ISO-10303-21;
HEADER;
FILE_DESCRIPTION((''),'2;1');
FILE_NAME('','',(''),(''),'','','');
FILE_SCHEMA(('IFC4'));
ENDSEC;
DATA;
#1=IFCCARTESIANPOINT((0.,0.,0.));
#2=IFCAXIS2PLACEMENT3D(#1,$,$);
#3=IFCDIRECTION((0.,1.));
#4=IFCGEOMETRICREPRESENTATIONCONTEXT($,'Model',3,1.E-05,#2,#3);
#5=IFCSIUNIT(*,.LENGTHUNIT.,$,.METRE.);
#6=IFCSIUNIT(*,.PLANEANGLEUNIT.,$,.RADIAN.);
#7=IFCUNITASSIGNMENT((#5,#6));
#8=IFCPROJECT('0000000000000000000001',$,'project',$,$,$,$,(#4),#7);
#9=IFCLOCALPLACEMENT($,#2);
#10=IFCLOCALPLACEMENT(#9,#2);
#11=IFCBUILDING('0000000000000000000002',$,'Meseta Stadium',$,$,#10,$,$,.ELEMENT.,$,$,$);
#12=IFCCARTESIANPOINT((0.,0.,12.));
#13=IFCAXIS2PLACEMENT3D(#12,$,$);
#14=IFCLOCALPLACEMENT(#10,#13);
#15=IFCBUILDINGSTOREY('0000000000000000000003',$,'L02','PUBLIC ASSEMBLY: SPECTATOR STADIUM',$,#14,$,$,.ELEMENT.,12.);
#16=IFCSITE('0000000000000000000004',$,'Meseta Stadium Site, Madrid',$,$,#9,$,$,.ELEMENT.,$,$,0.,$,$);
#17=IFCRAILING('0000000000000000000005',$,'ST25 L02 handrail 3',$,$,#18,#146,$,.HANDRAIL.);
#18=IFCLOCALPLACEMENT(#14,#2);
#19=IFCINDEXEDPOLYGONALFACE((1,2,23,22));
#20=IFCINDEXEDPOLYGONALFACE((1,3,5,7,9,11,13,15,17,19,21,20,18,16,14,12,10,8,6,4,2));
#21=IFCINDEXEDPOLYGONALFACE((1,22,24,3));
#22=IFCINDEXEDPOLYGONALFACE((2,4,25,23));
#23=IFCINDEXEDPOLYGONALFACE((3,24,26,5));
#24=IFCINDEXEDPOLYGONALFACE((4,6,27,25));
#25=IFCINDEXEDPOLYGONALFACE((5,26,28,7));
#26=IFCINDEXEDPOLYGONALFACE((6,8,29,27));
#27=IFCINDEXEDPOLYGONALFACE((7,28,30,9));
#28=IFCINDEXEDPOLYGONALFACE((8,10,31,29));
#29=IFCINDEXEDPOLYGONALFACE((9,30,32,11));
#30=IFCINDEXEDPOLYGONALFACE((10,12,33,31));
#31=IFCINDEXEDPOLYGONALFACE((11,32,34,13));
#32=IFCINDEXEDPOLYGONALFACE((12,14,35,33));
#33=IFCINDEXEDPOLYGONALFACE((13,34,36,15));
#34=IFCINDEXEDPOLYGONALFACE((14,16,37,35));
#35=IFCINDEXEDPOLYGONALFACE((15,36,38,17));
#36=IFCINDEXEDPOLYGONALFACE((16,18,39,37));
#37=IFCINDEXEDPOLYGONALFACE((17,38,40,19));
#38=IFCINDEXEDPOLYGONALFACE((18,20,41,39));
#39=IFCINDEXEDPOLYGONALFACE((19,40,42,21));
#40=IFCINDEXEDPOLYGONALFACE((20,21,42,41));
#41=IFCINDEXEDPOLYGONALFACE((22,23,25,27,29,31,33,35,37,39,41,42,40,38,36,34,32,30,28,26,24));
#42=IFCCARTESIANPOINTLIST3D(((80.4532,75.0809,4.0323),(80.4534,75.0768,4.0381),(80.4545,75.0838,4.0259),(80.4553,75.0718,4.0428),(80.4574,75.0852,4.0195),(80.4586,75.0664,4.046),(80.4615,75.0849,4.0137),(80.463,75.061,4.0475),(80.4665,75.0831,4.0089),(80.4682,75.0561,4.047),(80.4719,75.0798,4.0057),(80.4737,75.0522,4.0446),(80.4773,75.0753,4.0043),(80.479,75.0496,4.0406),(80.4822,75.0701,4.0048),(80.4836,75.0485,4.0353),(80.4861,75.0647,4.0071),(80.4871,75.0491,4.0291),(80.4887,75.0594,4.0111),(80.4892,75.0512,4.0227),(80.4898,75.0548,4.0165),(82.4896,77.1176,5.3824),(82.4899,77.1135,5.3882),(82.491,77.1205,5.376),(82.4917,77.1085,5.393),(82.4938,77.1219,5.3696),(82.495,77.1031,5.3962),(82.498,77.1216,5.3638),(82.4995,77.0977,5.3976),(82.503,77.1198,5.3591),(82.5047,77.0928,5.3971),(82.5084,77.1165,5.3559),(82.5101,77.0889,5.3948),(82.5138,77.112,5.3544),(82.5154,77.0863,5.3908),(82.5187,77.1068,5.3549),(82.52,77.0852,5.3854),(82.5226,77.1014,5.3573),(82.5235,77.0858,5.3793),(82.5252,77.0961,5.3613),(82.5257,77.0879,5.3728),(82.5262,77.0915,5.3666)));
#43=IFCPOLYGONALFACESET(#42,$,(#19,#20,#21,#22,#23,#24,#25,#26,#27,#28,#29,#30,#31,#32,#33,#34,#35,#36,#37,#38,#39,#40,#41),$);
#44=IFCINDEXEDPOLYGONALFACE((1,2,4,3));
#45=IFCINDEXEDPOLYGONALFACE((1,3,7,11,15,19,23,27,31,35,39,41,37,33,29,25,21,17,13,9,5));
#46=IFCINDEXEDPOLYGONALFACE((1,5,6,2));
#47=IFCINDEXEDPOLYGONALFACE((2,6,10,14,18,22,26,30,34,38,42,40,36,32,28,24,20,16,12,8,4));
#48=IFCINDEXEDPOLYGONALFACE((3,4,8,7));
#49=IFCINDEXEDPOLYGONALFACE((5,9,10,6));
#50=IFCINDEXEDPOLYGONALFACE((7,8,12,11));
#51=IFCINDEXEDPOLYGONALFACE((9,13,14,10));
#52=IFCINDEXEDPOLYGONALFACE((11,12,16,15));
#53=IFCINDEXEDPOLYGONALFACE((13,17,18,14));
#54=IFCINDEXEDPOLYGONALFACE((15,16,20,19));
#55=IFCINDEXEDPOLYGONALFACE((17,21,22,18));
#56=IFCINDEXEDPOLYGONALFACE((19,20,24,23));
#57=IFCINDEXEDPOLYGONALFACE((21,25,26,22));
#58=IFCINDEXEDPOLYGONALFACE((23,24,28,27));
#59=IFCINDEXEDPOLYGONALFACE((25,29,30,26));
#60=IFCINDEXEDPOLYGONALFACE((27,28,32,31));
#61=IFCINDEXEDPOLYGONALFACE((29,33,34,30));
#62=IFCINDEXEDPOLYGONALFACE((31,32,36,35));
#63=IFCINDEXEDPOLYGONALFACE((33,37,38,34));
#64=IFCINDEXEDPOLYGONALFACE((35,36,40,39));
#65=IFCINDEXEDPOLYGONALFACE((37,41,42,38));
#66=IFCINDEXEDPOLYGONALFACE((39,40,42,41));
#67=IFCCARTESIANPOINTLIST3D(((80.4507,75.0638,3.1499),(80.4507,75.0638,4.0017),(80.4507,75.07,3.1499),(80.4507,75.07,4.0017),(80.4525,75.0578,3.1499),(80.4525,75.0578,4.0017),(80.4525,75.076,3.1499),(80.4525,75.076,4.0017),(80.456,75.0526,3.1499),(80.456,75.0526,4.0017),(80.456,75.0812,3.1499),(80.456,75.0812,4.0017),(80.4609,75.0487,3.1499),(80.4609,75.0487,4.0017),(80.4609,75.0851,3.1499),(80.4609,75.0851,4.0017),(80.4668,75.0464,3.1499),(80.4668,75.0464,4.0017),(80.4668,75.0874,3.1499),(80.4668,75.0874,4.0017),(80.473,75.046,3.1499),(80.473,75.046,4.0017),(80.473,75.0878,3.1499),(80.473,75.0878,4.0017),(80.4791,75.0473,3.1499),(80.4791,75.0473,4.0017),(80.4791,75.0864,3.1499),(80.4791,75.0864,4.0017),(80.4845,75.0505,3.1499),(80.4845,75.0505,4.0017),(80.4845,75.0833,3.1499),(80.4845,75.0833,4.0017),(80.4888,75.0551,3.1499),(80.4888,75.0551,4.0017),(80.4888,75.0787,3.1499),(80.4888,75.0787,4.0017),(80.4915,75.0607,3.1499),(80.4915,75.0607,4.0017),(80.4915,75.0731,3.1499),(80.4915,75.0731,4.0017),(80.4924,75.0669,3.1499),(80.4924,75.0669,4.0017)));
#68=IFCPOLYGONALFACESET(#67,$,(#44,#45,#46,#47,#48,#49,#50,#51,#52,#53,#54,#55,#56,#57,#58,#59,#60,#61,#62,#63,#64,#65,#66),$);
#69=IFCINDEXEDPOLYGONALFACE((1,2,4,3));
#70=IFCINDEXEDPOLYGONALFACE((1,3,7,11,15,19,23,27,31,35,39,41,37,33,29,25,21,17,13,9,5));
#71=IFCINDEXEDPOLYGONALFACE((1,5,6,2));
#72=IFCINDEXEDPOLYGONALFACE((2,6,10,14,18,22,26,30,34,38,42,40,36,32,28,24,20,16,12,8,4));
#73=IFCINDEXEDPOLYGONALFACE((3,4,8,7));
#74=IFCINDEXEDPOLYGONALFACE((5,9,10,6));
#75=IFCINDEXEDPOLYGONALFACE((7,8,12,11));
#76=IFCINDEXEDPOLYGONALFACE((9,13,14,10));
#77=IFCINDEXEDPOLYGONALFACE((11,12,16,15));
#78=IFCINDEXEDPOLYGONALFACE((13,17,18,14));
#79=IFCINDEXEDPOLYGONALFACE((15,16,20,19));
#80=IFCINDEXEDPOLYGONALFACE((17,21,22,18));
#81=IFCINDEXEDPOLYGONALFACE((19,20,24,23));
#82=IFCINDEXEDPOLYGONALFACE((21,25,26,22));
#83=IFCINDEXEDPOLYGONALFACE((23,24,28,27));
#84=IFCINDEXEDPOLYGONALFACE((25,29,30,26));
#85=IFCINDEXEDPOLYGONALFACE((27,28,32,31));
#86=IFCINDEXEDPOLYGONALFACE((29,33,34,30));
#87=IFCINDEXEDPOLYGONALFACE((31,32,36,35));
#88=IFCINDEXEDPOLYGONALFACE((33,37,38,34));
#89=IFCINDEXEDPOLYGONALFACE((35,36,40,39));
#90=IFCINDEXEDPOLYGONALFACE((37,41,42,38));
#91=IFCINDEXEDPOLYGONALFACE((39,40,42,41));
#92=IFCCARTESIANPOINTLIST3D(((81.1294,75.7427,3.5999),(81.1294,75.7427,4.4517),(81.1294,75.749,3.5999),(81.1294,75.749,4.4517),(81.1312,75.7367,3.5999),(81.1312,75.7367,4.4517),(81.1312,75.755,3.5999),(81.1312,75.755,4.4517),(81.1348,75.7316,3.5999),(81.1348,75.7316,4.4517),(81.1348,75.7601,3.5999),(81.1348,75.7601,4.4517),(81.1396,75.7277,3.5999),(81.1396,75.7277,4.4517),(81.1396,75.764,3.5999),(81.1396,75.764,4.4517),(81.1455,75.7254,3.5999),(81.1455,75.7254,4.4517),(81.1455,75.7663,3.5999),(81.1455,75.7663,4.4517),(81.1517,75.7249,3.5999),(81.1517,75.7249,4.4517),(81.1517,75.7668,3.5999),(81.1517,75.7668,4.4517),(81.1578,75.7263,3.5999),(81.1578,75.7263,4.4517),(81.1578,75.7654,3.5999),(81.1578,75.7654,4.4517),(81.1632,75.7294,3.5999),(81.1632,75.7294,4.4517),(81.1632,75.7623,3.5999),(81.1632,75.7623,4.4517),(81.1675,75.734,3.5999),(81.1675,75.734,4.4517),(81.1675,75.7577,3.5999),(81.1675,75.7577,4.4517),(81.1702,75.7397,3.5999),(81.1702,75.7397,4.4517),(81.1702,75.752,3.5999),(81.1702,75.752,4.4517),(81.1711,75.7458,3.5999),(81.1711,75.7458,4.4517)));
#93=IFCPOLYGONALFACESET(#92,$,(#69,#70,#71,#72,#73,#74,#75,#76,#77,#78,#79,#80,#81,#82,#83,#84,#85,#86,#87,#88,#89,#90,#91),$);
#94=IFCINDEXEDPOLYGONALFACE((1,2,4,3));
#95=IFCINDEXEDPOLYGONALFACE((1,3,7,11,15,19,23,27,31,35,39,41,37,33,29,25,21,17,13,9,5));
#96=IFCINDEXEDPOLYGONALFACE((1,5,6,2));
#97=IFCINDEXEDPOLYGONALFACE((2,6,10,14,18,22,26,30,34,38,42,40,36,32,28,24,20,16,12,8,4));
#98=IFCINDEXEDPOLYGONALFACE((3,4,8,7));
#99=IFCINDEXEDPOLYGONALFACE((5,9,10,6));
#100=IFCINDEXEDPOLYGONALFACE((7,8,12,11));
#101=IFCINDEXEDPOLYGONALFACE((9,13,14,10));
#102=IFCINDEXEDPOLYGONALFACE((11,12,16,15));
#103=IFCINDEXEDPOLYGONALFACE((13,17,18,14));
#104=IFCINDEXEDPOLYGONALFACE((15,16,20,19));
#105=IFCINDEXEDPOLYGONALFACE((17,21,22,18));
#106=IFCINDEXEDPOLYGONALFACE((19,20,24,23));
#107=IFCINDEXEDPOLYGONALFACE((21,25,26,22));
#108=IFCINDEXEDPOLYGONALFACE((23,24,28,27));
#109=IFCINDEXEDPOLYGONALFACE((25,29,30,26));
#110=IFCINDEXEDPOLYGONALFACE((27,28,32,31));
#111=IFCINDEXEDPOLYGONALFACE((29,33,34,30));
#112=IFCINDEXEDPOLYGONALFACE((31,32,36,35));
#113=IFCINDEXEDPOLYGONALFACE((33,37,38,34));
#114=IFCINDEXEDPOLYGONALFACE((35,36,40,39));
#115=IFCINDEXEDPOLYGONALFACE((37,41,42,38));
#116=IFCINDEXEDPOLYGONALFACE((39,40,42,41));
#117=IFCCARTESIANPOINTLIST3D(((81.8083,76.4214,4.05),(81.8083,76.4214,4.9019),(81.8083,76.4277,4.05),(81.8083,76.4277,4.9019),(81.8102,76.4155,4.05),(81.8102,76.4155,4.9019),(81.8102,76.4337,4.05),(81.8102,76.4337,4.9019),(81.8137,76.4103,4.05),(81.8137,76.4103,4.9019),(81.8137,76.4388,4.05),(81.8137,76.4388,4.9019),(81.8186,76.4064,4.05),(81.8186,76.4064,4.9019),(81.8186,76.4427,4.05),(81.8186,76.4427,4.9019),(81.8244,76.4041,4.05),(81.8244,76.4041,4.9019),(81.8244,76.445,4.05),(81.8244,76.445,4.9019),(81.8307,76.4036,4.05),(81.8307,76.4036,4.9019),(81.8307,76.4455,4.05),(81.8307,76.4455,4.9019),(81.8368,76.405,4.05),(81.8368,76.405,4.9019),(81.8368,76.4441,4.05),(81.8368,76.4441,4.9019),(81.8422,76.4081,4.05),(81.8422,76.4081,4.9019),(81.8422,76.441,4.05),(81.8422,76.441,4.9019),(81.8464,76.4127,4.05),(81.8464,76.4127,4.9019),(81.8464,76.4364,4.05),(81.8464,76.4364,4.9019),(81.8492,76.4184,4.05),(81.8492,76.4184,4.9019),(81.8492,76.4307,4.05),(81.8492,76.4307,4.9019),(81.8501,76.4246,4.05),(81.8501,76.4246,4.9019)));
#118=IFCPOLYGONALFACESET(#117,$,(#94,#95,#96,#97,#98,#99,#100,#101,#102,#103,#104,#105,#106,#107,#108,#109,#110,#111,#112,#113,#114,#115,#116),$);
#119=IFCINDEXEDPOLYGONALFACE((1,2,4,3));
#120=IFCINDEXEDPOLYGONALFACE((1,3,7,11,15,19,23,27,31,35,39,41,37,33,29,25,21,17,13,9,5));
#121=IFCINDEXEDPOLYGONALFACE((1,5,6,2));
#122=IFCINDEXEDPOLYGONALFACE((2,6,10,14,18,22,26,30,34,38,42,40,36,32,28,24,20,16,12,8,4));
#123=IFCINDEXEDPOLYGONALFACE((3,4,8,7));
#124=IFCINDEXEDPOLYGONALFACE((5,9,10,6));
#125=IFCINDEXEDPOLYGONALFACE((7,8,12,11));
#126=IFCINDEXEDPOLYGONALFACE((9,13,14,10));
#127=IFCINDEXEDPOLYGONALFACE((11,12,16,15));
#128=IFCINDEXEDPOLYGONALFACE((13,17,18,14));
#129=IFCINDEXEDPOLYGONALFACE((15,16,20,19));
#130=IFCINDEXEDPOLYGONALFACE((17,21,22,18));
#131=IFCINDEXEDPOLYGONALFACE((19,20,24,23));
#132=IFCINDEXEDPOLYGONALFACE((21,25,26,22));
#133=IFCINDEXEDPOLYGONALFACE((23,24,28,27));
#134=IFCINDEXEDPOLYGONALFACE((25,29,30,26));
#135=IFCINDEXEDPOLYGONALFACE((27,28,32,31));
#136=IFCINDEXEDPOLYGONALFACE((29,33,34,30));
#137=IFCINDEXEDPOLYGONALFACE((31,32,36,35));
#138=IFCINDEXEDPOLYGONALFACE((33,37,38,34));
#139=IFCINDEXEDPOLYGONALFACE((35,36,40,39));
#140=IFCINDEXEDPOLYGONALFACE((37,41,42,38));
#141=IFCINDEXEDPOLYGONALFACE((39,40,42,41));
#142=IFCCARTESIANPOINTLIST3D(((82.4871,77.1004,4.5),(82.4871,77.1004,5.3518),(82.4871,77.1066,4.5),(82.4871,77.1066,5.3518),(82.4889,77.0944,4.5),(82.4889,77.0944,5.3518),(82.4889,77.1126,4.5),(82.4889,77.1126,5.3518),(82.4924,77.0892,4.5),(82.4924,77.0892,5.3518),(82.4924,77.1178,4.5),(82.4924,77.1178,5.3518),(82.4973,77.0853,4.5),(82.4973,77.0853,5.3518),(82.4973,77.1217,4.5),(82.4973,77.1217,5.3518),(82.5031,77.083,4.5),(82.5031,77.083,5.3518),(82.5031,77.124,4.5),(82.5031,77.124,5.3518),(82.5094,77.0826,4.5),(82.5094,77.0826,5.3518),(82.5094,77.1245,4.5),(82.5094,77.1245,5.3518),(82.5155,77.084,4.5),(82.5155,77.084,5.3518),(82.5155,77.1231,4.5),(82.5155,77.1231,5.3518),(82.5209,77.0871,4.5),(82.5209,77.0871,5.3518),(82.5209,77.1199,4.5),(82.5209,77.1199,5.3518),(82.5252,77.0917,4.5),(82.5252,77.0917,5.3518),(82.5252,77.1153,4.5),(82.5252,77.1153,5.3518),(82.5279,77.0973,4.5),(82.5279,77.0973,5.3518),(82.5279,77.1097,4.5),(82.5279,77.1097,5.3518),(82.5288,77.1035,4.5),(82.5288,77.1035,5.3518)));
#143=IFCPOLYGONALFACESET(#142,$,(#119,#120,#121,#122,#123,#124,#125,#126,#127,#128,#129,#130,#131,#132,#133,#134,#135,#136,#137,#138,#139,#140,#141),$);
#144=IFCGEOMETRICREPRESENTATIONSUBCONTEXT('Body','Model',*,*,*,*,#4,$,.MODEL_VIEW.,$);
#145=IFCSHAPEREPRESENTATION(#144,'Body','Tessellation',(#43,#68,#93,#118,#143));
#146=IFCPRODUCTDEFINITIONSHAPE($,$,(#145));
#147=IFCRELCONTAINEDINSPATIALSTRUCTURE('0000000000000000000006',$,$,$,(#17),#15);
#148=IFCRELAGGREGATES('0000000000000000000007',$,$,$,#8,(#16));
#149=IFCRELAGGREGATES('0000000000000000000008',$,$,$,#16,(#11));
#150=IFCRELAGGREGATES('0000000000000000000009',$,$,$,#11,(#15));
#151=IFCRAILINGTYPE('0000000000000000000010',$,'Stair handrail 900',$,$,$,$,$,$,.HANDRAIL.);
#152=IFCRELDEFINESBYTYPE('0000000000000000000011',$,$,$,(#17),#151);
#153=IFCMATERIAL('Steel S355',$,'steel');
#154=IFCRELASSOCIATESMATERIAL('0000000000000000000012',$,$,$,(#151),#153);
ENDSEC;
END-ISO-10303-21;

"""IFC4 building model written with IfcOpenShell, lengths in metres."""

from ifc_helpers import new_model, si_unit, direction, frame, origin, origin_2d, place, context, subcontext, project, spatial, circle, extrude, material, type_object, element, save


model = new_model("IFC4")

# Units and contexts
model_context = context("Model", 3, precision=1e-05, world=origin(), true_north=direction((0.0, 1.0)))
body_context = subcontext(model_context, "Body", "Model", "MODEL_VIEW")
ifc_project = project(units=[si_unit("LENGTHUNIT", "METRE"), si_unit("PLANEANGLEUNIT", "RADIAN")], contexts=[model_context])

# Site, building, storey
site_placement = place(None, origin())
site = spatial("IfcSite", under=ifc_project, at=site_placement, Name="Meseta Stadium Site, Madrid", CompositionType="ELEMENT", RefElevation=0.0)
building_placement = place(site_placement, origin())
building = spatial("IfcBuilding", under=site, at=building_placement, Name="Meseta Stadium", CompositionType="ELEMENT")
storey_placement = place(building_placement, frame((0.0, 0.0, 12.0)))
storey = spatial("IfcBuildingStorey", under=building, at=storey_placement, Name="L02", Description="PUBLIC ASSEMBLY: SPECTATOR STADIUM", CompositionType="ELEMENT", Elevation=12.0)

# Railing
ifc_material_1 = material(Name="Steel S355", Category="steel")
railing_type_1 = type_object("IfcRailingType", Name="Stair handrail 900", PredefinedType="HANDRAIL", material=ifc_material_1)
railing_1_placement = place(storey_placement, frame((80.4714, 75.0669, 3.1499)))
element("IfcRailing", 1, at=railing_1_placement, inside=storey, type_object=railing_type_1, Name="ST25 L02 handrail 3", PredefinedType="HANDRAIL", context=body_context, shape_type="SweptSolid", body=[
    extrude(circle(Radius=0.0239, at=origin_2d()), frame((0.0, 0.0, 0.876), z_axis=(0.640211, 0.640288, 0.424454), x_axis=(-0.707149, 0.707064, 0.0)), (0.0, 0.0, 1.0), 3.1809),
    extrude(circle(Radius=0.021, at=origin_2d()), origin(), (0.0, 0.0, 1.0), 0.8518),
    extrude(circle(Radius=0.021, at=origin_2d()), frame((0.6787, 0.679, 0.45)), (0.0, 0.0, 1.0), 0.8518),
    extrude(circle(Radius=0.021, at=origin_2d()), frame((1.3577, 1.3577, 0.9001)), (0.0, 0.0, 1.0), 0.8518),
    extrude(circle(Radius=0.021, at=origin_2d()), frame((2.0364, 2.0366, 1.3501)), (0.0, 0.0, 1.0), 0.8518),
])

save(model, "model.ifc")
